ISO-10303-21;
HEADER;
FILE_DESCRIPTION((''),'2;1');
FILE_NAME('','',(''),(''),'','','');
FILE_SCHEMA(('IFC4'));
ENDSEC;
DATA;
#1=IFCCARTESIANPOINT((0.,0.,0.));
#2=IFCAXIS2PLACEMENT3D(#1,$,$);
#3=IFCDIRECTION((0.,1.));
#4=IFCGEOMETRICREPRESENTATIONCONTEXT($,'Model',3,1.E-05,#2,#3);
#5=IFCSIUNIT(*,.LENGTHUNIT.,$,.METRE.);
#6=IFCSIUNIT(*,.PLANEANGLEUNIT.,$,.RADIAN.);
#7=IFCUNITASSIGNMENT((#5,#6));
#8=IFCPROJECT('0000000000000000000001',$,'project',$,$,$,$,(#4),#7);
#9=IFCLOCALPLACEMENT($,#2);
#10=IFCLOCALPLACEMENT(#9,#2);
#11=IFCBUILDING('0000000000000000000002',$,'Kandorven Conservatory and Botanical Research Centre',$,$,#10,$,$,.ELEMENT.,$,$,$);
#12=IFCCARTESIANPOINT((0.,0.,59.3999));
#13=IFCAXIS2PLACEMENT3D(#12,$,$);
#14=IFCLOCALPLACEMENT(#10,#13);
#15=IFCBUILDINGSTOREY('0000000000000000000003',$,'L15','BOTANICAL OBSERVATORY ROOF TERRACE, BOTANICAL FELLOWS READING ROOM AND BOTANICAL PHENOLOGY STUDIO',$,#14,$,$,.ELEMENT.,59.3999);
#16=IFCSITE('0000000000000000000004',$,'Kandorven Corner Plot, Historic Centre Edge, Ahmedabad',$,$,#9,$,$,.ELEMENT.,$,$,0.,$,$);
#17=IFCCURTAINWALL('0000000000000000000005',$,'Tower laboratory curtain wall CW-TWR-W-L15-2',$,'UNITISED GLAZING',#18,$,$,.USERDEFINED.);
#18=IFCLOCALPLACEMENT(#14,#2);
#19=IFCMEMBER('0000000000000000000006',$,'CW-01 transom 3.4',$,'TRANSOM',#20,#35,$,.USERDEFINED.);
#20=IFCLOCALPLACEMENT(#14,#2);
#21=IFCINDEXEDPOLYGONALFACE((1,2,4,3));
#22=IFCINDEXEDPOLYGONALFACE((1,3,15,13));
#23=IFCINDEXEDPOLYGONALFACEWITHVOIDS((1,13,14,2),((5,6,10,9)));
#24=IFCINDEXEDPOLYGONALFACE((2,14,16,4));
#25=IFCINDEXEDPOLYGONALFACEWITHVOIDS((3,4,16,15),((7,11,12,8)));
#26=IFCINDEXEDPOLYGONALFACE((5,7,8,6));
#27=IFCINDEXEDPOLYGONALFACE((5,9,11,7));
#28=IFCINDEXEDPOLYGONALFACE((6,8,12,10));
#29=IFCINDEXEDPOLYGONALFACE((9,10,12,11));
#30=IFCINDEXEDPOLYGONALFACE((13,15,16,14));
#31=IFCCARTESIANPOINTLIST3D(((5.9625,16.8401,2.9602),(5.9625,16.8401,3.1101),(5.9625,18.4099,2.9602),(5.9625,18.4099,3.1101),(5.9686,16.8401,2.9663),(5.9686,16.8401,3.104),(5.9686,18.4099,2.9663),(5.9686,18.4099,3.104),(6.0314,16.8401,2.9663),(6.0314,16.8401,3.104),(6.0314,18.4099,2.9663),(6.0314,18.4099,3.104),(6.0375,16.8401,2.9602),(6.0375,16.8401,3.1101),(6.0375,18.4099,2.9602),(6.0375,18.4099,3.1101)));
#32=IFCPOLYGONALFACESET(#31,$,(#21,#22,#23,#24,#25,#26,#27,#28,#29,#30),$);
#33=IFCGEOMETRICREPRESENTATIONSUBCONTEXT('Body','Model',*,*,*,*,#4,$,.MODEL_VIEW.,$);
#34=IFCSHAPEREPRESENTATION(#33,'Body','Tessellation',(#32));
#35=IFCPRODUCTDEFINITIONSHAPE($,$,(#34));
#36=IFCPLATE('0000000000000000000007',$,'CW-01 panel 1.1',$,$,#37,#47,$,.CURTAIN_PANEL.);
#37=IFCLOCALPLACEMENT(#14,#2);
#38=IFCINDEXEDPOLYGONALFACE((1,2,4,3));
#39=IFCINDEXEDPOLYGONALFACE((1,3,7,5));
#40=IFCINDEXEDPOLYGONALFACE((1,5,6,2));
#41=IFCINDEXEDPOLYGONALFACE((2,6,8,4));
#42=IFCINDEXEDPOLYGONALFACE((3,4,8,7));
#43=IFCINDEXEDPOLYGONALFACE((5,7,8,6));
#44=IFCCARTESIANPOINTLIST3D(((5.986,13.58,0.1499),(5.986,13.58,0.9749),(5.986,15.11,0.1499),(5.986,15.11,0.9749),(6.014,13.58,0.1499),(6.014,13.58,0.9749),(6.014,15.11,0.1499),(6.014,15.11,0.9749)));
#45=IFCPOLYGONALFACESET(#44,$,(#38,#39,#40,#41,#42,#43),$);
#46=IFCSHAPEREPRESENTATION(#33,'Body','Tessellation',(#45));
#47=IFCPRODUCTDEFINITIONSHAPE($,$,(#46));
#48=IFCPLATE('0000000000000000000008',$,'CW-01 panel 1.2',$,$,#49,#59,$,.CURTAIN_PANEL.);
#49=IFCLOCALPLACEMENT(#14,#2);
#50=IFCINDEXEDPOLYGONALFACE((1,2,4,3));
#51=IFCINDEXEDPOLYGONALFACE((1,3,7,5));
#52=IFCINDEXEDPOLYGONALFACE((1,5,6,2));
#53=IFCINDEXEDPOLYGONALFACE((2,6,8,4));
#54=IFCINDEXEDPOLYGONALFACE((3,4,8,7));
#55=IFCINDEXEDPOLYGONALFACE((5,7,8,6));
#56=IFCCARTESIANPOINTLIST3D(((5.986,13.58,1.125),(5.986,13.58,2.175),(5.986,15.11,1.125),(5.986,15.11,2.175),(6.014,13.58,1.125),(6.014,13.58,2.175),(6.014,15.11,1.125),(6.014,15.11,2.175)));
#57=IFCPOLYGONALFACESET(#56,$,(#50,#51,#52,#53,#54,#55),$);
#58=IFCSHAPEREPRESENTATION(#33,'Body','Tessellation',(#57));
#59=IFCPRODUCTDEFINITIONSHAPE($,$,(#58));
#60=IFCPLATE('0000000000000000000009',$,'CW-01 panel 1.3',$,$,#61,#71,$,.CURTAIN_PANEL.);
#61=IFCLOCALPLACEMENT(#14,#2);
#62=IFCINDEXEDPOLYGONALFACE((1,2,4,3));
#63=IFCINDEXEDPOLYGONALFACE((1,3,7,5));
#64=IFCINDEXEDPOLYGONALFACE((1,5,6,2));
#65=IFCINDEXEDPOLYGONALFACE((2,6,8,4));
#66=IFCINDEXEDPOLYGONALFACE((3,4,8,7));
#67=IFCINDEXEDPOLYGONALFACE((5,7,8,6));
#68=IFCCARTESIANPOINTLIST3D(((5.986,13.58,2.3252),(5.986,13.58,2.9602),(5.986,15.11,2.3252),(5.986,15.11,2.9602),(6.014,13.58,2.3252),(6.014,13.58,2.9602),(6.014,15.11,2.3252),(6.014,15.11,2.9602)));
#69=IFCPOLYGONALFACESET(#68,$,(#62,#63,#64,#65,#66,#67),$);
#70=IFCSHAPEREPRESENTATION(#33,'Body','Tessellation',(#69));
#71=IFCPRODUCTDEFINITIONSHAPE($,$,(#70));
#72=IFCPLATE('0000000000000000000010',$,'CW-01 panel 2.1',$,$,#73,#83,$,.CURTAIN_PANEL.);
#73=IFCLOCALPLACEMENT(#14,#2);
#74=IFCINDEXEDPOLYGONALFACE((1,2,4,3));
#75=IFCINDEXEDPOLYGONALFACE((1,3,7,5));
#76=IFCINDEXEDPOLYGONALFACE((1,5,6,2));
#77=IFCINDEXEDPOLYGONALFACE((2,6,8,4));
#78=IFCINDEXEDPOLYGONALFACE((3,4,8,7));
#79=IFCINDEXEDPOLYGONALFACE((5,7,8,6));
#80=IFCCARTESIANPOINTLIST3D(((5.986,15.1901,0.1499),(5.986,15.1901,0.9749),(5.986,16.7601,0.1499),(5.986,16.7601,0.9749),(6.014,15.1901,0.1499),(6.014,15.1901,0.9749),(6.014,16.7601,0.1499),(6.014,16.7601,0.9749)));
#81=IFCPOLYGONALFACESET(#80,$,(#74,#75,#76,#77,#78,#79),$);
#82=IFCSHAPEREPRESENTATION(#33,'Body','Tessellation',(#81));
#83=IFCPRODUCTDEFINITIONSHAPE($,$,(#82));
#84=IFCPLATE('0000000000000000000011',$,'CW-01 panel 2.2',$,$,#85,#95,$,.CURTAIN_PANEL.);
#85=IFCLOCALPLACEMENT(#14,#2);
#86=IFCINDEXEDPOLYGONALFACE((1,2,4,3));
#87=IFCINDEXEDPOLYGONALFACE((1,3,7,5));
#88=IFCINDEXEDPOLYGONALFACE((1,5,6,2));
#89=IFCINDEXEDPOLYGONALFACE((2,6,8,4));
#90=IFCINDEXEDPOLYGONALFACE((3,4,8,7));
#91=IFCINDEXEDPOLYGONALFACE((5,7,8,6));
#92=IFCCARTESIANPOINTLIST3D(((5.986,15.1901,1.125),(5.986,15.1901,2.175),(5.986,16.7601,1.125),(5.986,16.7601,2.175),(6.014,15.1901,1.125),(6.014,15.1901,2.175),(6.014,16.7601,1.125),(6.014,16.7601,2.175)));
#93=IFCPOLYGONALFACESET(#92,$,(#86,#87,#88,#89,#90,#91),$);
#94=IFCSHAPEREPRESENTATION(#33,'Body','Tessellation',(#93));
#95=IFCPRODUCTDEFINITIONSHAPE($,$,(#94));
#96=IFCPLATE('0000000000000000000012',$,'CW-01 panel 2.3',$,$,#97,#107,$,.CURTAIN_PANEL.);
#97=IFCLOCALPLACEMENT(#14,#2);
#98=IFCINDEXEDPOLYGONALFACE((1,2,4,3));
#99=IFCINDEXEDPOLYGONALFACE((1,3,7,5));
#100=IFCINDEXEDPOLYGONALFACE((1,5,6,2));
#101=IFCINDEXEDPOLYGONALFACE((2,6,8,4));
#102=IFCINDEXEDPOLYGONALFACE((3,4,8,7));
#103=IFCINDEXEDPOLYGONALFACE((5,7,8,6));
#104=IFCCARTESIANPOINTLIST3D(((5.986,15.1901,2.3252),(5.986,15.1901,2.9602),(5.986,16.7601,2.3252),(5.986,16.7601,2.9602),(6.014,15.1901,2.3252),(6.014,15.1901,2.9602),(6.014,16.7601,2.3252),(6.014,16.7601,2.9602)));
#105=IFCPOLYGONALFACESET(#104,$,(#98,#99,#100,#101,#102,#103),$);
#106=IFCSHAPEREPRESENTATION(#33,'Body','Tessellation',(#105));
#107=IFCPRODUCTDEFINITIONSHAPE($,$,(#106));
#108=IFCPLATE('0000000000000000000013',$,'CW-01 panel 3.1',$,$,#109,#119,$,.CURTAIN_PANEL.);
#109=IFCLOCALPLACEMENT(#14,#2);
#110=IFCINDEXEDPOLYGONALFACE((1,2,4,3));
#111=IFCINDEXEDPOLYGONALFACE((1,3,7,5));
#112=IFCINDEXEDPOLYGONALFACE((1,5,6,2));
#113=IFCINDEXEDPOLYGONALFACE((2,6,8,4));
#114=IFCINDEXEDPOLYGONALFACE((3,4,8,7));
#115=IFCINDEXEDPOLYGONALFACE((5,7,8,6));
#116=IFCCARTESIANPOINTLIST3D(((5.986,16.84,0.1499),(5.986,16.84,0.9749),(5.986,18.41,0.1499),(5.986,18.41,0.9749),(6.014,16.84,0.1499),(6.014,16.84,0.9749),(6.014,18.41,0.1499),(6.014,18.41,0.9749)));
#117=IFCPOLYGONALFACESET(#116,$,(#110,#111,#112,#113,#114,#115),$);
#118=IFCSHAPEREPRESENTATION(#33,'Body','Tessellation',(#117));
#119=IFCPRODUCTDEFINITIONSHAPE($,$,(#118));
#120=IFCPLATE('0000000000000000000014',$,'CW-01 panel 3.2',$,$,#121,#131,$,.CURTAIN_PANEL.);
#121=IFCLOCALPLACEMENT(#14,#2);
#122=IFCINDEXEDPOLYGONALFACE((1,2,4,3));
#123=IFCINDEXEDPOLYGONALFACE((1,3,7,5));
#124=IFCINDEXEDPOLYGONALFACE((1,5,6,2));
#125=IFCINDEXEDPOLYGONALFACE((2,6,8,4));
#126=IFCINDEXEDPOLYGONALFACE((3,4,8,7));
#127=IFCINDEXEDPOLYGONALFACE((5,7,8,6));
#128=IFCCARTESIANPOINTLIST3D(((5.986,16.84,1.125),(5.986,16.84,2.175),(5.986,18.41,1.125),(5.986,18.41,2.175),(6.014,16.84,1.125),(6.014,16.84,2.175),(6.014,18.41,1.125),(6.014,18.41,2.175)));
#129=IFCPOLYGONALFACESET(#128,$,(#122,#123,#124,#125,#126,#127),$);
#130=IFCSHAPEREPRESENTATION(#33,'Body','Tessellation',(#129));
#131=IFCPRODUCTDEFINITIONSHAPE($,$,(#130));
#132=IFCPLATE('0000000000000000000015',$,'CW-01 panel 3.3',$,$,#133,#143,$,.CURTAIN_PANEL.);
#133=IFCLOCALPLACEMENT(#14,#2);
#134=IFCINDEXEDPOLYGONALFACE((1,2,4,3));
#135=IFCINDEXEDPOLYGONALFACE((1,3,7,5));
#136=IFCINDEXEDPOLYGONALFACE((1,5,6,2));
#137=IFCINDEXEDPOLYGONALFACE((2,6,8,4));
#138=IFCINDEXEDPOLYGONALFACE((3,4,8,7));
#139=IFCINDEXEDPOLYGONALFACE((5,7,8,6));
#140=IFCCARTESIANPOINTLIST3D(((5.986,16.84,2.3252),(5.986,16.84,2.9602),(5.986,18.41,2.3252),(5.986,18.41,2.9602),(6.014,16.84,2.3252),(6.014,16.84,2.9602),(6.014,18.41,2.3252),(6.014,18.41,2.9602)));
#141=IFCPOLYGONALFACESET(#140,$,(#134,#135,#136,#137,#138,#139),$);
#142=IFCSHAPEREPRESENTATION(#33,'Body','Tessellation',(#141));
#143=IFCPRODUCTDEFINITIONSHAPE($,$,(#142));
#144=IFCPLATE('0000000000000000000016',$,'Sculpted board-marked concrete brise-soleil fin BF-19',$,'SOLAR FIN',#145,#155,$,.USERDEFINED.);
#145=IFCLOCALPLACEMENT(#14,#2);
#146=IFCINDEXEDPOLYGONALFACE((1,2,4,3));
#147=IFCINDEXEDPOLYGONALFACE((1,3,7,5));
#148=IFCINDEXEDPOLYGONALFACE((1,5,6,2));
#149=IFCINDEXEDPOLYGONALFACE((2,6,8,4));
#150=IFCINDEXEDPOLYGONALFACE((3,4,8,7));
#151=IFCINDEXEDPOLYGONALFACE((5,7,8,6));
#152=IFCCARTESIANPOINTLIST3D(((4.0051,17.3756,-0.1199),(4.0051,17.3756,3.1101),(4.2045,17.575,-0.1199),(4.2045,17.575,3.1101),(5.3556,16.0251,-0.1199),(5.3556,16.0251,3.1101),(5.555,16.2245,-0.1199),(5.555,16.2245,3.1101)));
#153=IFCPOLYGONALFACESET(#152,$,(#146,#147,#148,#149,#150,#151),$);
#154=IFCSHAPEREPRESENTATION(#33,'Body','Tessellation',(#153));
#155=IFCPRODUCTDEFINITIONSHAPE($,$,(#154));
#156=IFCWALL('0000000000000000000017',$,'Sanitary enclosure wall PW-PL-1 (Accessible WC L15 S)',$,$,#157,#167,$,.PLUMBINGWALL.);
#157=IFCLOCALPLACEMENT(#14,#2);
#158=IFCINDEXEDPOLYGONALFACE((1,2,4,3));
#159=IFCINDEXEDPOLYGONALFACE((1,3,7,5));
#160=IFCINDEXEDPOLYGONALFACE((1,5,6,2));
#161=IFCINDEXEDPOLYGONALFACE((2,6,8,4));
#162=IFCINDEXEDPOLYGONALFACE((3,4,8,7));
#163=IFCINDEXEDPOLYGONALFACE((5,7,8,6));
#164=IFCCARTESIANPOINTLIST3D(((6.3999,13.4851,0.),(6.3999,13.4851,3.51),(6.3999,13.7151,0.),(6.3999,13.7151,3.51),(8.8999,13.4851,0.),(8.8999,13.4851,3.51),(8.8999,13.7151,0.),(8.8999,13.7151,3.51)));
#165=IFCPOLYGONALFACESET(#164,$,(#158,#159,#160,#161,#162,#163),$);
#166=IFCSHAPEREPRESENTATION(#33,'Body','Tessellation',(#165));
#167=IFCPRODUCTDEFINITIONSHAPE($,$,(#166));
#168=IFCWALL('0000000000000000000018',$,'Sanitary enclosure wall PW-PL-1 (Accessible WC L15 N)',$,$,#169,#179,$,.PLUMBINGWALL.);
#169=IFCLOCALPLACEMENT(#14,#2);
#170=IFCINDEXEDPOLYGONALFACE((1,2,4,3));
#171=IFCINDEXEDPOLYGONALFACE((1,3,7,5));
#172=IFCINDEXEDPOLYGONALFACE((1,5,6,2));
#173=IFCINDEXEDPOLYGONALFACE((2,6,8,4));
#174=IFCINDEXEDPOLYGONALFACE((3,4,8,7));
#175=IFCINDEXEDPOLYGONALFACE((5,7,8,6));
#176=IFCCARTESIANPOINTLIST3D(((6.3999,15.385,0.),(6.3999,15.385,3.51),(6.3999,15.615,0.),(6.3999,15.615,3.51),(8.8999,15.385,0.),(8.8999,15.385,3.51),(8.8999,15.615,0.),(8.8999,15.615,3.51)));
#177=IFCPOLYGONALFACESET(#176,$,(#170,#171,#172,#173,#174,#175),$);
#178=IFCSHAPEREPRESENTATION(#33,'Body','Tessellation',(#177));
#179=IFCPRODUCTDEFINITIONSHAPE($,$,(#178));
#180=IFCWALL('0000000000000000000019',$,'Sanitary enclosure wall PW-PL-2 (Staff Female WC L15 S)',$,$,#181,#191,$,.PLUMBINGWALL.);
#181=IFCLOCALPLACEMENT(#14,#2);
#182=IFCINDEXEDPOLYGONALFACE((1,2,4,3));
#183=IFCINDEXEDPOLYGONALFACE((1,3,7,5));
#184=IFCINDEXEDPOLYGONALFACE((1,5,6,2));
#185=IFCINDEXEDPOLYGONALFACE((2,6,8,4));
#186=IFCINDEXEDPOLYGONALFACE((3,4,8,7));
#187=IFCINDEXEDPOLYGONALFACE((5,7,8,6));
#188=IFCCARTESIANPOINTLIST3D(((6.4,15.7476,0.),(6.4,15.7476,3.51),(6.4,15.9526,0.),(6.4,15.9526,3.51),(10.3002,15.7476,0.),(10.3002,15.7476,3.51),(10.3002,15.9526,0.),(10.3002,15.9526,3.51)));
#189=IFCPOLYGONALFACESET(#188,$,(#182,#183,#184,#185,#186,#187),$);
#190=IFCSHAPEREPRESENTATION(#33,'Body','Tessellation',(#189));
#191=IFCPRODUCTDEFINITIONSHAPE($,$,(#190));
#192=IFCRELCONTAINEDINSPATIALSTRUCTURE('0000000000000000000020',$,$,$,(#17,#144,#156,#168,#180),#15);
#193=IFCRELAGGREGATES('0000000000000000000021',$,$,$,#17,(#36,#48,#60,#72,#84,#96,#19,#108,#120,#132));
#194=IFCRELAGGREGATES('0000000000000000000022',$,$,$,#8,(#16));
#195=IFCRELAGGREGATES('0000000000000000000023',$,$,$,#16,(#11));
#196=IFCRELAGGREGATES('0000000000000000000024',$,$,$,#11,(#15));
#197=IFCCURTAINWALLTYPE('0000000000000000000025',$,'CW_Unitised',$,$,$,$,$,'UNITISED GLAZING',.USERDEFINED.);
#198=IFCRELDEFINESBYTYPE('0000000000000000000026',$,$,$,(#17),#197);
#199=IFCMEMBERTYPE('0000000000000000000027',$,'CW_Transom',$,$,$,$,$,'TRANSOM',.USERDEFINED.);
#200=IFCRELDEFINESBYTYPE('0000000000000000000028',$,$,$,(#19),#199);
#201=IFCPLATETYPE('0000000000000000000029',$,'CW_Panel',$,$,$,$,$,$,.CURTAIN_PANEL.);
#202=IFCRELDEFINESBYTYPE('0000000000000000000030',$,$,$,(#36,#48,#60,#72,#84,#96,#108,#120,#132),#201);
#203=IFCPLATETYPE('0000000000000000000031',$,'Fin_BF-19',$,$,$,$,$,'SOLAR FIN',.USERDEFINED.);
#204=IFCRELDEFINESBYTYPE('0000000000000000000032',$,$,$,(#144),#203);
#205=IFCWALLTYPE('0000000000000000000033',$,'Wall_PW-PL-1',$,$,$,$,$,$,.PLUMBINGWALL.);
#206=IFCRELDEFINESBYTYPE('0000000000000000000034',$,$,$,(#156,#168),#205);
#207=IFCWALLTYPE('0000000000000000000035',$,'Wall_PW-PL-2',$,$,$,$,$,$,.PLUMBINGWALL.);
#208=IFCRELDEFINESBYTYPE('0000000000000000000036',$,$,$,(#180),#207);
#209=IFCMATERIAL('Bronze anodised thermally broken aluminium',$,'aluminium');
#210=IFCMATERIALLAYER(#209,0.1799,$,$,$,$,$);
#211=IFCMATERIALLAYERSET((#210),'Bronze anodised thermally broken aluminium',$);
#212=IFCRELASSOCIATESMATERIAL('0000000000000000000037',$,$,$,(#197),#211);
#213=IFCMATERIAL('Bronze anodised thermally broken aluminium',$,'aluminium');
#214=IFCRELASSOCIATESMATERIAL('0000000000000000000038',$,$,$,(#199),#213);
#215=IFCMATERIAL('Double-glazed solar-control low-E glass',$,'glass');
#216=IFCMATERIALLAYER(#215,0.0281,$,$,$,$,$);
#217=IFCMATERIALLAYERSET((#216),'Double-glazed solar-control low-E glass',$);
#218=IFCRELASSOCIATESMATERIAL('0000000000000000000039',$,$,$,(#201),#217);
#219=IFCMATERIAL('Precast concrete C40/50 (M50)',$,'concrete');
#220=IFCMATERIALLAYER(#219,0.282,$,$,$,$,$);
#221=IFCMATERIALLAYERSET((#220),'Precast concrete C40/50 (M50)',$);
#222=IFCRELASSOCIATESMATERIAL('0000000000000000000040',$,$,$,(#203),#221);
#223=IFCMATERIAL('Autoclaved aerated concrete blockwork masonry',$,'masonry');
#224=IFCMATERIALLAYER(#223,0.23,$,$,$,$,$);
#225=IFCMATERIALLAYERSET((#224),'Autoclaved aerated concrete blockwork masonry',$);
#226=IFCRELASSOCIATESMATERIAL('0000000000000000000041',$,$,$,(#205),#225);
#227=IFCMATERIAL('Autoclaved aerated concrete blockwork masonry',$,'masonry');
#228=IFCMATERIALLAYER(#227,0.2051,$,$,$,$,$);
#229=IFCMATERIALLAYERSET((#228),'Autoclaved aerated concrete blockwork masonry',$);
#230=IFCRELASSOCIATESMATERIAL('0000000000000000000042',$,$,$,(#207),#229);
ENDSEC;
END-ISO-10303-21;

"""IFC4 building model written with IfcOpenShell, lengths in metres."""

from ifc_helpers import new_model, si_unit, direction, frame, frame_2d, origin, origin_2d, place, context, subcontext, project, spatial, rectangle, hollow_rectangle, extrude, material, layer, layer_set, material_profile, profile_set, type_object, element, aggregate, save


model = new_model("IFC4")

# Units and contexts
model_context = context("Model", 3, precision=1e-05, world=origin(), true_north=direction((0.0, 1.0)))
body_context = subcontext(model_context, "Body", "Model", "MODEL_VIEW")
ifc_project = project(units=[si_unit("LENGTHUNIT", "METRE"), si_unit("PLANEANGLEUNIT", "RADIAN")], contexts=[model_context])

# Site, building, storey
site_placement = place(None, origin())
site = spatial("IfcSite", under=ifc_project, at=site_placement, Name="Kandorven Corner Plot, Historic Centre Edge, Ahmedabad", CompositionType="ELEMENT", RefElevation=0.0)
building_placement = place(site_placement, origin())
building = spatial("IfcBuilding", under=site, at=building_placement, Name="Kandorven Conservatory and Botanical Research Centre", CompositionType="ELEMENT")
storey_placement = place(building_placement, frame((0.0, 0.0, 59.3999)))
storey = spatial("IfcBuildingStorey", under=building, at=storey_placement, Name="L15", Description="BOTANICAL OBSERVATORY ROOF TERRACE, BOTANICAL FELLOWS READING ROOM AND BOTANICAL PHENOLOGY STUDIO", CompositionType="ELEMENT", Elevation=59.3999)

# Curtain wall, member, plates
ifc_material_1 = material(Name="Bronze anodised thermally broken aluminium", Category="aluminium")
ifc_layer_1 = layer(ifc_material_1, 0.1799)
ifc_layer_set_1 = layer_set([ifc_layer_1], Name="Bronze anodised thermally broken aluminium")
curtain_wall_type = type_object("IfcCurtainWallType", Name="CW_Unitised", ElementType="UNITISED GLAZING", PredefinedType="USERDEFINED", material=ifc_layer_set_1)
curtain_wall_placement = place(storey_placement, origin())
curtain_wall = element("IfcCurtainWall", 1, at=curtain_wall_placement, inside=storey, type_object=curtain_wall_type, Name="Tower laboratory curtain wall CW-TWR-W-L15-2", ObjectType="UNITISED GLAZING", PredefinedType="USERDEFINED")
ifc_material_2 = material(Name="Bronze anodised thermally broken aluminium", Category="aluminium")
ifc_material_profile_1 = material_profile(ifc_material_2, hollow_rectangle(XDim=0.075, YDim=0.1499, WallThickness=0.0061, at=origin_2d()))
ifc_profile_set_1 = profile_set([ifc_material_profile_1], Name="Bronze anodised thermally broken aluminium")
member_type_1 = type_object("IfcMemberType", Name="CW_Transom", ElementType="TRANSOM", PredefinedType="USERDEFINED", material=ifc_profile_set_1)
member_1_placement = place(storey_placement, frame((6.0, 16.8401, 3.0352), z_axis=(0.0, 1.0, 0.0), x_axis=(-1.0, 0.0, 0.0)))
member_1 = element("IfcMember", 2, at=member_1_placement, type_object=member_type_1, Name="CW-01 transom 3.4", ObjectType="TRANSOM", PredefinedType="USERDEFINED", context=body_context, shape_type="SweptSolid", body=[
    extrude(hollow_rectangle(XDim=0.075, YDim=0.1499, WallThickness=0.0061, at=origin_2d()), origin(), (0.0, 0.0, 1.0), 1.5698),
])
ifc_material_3 = material(Name="Double-glazed solar-control low-E glass", Category="glass")
ifc_layer_2 = layer(ifc_material_3, 0.0281)
ifc_layer_set_2 = layer_set([ifc_layer_2], Name="Double-glazed solar-control low-E glass")
plate_type_1 = type_object("IfcPlateType", Name="CW_Panel", PredefinedType="CURTAIN_PANEL", material=ifc_layer_set_2)
plate_1_placement = place(storey_placement, frame((6.0, 14.345, 0.1499), z_axis=(0.0, 0.0, 1.0), x_axis=(0.0, 1.0, 0.0)))
plate_1 = element("IfcPlate", 3, at=plate_1_placement, type_object=plate_type_1, Name="CW-01 panel 1.1", PredefinedType="CURTAIN_PANEL", context=body_context, shape_type="SweptSolid", body=[
    extrude(rectangle(XDim=1.53, YDim=0.0281, at=origin_2d()), origin(), (0.0, 0.0, 1.0), 0.825),
])
plate_2_placement = place(storey_placement, frame((6.0, 14.345, 1.125), z_axis=(0.0, 0.0, 1.0), x_axis=(0.0, 1.0, 0.0)))
plate_2 = element("IfcPlate", 4, at=plate_2_placement, type_object=plate_type_1, Name="CW-01 panel 1.2", PredefinedType="CURTAIN_PANEL", context=body_context, shape_type="SweptSolid", body=[
    extrude(rectangle(XDim=1.53, YDim=0.0281, at=origin_2d()), origin(), (0.0, 0.0, 1.0), 1.05),
])
plate_3_placement = place(storey_placement, frame((6.0, 14.345, 2.3252), z_axis=(0.0, 0.0, 1.0), x_axis=(0.0, 1.0, 0.0)))
plate_3 = element("IfcPlate", 5, at=plate_3_placement, type_object=plate_type_1, Name="CW-01 panel 1.3", PredefinedType="CURTAIN_PANEL", context=body_context, shape_type="SweptSolid", body=[
    extrude(rectangle(XDim=1.53, YDim=0.0281, at=origin_2d()), origin(), (0.0, 0.0, 1.0), 0.635),
])
plate_4_placement = place(storey_placement, frame((6.0, 15.9751, 0.1499), z_axis=(0.0, 0.0, 1.0), x_axis=(0.0, 1.0, 0.0)))
plate_4 = element("IfcPlate", 6, at=plate_4_placement, type_object=plate_type_1, Name="CW-01 panel 2.1", PredefinedType="CURTAIN_PANEL", context=body_context, shape_type="SweptSolid", body=[
    extrude(rectangle(XDim=1.5701, YDim=0.0281, at=origin_2d()), origin(), (0.0, 0.0, 1.0), 0.825),
])
plate_5_placement = place(storey_placement, frame((6.0, 15.9751, 1.125), z_axis=(0.0, 0.0, 1.0), x_axis=(0.0, 1.0, 0.0)))
plate_5 = element("IfcPlate", 7, at=plate_5_placement, type_object=plate_type_1, Name="CW-01 panel 2.2", PredefinedType="CURTAIN_PANEL", context=body_context, shape_type="SweptSolid", body=[
    extrude(rectangle(XDim=1.5701, YDim=0.0281, at=origin_2d()), origin(), (0.0, 0.0, 1.0), 1.05),
])
plate_6_placement = place(storey_placement, frame((6.0, 15.9751, 2.3252), z_axis=(0.0, 0.0, 1.0), x_axis=(0.0, 1.0, 0.0)))
plate_6 = element("IfcPlate", 8, at=plate_6_placement, type_object=plate_type_1, Name="CW-01 panel 2.3", PredefinedType="CURTAIN_PANEL", context=body_context, shape_type="SweptSolid", body=[
    extrude(rectangle(XDim=1.5701, YDim=0.0281, at=origin_2d()), origin(), (0.0, 0.0, 1.0), 0.635),
])
plate_7_placement = place(storey_placement, frame((6.0, 17.625, 0.1499), z_axis=(0.0, 0.0, 1.0), x_axis=(0.0, 1.0, 0.0)))
plate_7 = element("IfcPlate", 9, at=plate_7_placement, type_object=plate_type_1, Name="CW-01 panel 3.1", PredefinedType="CURTAIN_PANEL", context=body_context, shape_type="SweptSolid", body=[
    extrude(rectangle(XDim=1.5701, YDim=0.0281, at=origin_2d()), origin(), (0.0, 0.0, 1.0), 0.825),
])
plate_8_placement = place(storey_placement, frame((6.0, 17.625, 1.125), z_axis=(0.0, 0.0, 1.0), x_axis=(0.0, 1.0, 0.0)))
plate_8 = element("IfcPlate", 10, at=plate_8_placement, type_object=plate_type_1, Name="CW-01 panel 3.2", PredefinedType="CURTAIN_PANEL", context=body_context, shape_type="SweptSolid", body=[
    extrude(rectangle(XDim=1.5701, YDim=0.0281, at=origin_2d()), origin(), (0.0, 0.0, 1.0), 1.05),
])
plate_9_placement = place(storey_placement, frame((6.0, 17.625, 2.3252), z_axis=(0.0, 0.0, 1.0), x_axis=(0.0, 1.0, 0.0)))
plate_9 = element("IfcPlate", 11, at=plate_9_placement, type_object=plate_type_1, Name="CW-01 panel 3.3", PredefinedType="CURTAIN_PANEL", context=body_context, shape_type="SweptSolid", body=[
    extrude(rectangle(XDim=1.5701, YDim=0.0281, at=origin_2d()), origin(), (0.0, 0.0, 1.0), 0.635),
])
aggregate(curtain_wall, [plate_1, plate_2, plate_3, plate_4, plate_5, plate_6, member_1, plate_7, plate_8, plate_9])

# Plate
ifc_material_4 = material(Name="Precast concrete C40/50 (M50)", Category="concrete")
ifc_layer_3 = layer(ifc_material_4, 0.282)
ifc_layer_set_3 = layer_set([ifc_layer_3], Name="Precast concrete C40/50 (M50)")
plate_type_2 = type_object("IfcPlateType", Name="Fin_BF-19", ElementType="SOLAR FIN", PredefinedType="USERDEFINED", material=ifc_layer_set_3)
plate_10_placement = place(storey_placement, frame((4.78, 16.8, -0.1199), z_axis=(0.0, 0.0, 1.0), x_axis=(-0.707107, 0.707107, 0.0)))
element("IfcPlate", 12, at=plate_10_placement, inside=storey, type_object=plate_type_2, Name="Sculpted board-marked concrete brise-soleil fin BF-19", ObjectType="SOLAR FIN", PredefinedType="USERDEFINED", context=body_context, shape_type="SweptSolid", body=[
    extrude(rectangle(XDim=1.9099, YDim=0.282, at=origin_2d()), origin(), (0.0, 0.0, 1.0), 3.23),
])

# Walls
ifc_material_5 = material(Name="Autoclaved aerated concrete blockwork masonry", Category="masonry")
ifc_layer_4 = layer(ifc_material_5, 0.23)
ifc_layer_set_4 = layer_set([ifc_layer_4], Name="Autoclaved aerated concrete blockwork masonry")
wall_type_1 = type_object("IfcWallType", Name="Wall_PW-PL-1", PredefinedType="PLUMBINGWALL", material=ifc_layer_set_4)
for number, where, z_axis, x_axis, name in (
    (13, (6.3999, 13.6001, 0.0), (0.0, 0.0, 1.0), (1.0, 0.0, 0.0), "Sanitary enclosure wall PW-PL-1 (Accessible WC L15 S)"),
    (14, (6.3999, 15.5, 0.0), (0.0, 0.0, 1.0), (1.0, 0.0, 0.0), "Sanitary enclosure wall PW-PL-1 (Accessible WC L15 N)"),
):
    element("IfcWall", number, at=place(storey_placement, frame(where, z_axis=z_axis, x_axis=x_axis)), inside=storey, type_object=wall_type_1, Name=name, PredefinedType="PLUMBINGWALL", context=body_context, shape_type="SweptSolid", body=[
        extrude(rectangle(XDim=2.5, YDim=0.23, at=frame_2d((1.25, 0.0))), origin(), (0.0, 0.0, 1.0), 3.51),
    ])
ifc_material_6 = material(Name="Autoclaved aerated concrete blockwork masonry", Category="masonry")
ifc_layer_5 = layer(ifc_material_6, 0.2051)
ifc_layer_set_5 = layer_set([ifc_layer_5], Name="Autoclaved aerated concrete blockwork masonry")
wall_type_2 = type_object("IfcWallType", Name="Wall_PW-PL-2", PredefinedType="PLUMBINGWALL", material=ifc_layer_set_5)
wall_placement = place(storey_placement, frame((6.3999, 15.8501, 0.0), z_axis=(0.0, 0.0, 1.0), x_axis=(1.0, 0.0, 0.0)))
element("IfcWall", 15, at=wall_placement, inside=storey, type_object=wall_type_2, Name="Sanitary enclosure wall PW-PL-2 (Staff Female WC L15 S)", PredefinedType="PLUMBINGWALL", context=body_context, shape_type="SweptSolid", body=[
    extrude(rectangle(XDim=3.9001, YDim=0.2051, at=frame_2d((1.9502, 0.0))), origin(), (0.0, 0.0, 1.0), 3.51),
])

save(model, "model.ifc")
